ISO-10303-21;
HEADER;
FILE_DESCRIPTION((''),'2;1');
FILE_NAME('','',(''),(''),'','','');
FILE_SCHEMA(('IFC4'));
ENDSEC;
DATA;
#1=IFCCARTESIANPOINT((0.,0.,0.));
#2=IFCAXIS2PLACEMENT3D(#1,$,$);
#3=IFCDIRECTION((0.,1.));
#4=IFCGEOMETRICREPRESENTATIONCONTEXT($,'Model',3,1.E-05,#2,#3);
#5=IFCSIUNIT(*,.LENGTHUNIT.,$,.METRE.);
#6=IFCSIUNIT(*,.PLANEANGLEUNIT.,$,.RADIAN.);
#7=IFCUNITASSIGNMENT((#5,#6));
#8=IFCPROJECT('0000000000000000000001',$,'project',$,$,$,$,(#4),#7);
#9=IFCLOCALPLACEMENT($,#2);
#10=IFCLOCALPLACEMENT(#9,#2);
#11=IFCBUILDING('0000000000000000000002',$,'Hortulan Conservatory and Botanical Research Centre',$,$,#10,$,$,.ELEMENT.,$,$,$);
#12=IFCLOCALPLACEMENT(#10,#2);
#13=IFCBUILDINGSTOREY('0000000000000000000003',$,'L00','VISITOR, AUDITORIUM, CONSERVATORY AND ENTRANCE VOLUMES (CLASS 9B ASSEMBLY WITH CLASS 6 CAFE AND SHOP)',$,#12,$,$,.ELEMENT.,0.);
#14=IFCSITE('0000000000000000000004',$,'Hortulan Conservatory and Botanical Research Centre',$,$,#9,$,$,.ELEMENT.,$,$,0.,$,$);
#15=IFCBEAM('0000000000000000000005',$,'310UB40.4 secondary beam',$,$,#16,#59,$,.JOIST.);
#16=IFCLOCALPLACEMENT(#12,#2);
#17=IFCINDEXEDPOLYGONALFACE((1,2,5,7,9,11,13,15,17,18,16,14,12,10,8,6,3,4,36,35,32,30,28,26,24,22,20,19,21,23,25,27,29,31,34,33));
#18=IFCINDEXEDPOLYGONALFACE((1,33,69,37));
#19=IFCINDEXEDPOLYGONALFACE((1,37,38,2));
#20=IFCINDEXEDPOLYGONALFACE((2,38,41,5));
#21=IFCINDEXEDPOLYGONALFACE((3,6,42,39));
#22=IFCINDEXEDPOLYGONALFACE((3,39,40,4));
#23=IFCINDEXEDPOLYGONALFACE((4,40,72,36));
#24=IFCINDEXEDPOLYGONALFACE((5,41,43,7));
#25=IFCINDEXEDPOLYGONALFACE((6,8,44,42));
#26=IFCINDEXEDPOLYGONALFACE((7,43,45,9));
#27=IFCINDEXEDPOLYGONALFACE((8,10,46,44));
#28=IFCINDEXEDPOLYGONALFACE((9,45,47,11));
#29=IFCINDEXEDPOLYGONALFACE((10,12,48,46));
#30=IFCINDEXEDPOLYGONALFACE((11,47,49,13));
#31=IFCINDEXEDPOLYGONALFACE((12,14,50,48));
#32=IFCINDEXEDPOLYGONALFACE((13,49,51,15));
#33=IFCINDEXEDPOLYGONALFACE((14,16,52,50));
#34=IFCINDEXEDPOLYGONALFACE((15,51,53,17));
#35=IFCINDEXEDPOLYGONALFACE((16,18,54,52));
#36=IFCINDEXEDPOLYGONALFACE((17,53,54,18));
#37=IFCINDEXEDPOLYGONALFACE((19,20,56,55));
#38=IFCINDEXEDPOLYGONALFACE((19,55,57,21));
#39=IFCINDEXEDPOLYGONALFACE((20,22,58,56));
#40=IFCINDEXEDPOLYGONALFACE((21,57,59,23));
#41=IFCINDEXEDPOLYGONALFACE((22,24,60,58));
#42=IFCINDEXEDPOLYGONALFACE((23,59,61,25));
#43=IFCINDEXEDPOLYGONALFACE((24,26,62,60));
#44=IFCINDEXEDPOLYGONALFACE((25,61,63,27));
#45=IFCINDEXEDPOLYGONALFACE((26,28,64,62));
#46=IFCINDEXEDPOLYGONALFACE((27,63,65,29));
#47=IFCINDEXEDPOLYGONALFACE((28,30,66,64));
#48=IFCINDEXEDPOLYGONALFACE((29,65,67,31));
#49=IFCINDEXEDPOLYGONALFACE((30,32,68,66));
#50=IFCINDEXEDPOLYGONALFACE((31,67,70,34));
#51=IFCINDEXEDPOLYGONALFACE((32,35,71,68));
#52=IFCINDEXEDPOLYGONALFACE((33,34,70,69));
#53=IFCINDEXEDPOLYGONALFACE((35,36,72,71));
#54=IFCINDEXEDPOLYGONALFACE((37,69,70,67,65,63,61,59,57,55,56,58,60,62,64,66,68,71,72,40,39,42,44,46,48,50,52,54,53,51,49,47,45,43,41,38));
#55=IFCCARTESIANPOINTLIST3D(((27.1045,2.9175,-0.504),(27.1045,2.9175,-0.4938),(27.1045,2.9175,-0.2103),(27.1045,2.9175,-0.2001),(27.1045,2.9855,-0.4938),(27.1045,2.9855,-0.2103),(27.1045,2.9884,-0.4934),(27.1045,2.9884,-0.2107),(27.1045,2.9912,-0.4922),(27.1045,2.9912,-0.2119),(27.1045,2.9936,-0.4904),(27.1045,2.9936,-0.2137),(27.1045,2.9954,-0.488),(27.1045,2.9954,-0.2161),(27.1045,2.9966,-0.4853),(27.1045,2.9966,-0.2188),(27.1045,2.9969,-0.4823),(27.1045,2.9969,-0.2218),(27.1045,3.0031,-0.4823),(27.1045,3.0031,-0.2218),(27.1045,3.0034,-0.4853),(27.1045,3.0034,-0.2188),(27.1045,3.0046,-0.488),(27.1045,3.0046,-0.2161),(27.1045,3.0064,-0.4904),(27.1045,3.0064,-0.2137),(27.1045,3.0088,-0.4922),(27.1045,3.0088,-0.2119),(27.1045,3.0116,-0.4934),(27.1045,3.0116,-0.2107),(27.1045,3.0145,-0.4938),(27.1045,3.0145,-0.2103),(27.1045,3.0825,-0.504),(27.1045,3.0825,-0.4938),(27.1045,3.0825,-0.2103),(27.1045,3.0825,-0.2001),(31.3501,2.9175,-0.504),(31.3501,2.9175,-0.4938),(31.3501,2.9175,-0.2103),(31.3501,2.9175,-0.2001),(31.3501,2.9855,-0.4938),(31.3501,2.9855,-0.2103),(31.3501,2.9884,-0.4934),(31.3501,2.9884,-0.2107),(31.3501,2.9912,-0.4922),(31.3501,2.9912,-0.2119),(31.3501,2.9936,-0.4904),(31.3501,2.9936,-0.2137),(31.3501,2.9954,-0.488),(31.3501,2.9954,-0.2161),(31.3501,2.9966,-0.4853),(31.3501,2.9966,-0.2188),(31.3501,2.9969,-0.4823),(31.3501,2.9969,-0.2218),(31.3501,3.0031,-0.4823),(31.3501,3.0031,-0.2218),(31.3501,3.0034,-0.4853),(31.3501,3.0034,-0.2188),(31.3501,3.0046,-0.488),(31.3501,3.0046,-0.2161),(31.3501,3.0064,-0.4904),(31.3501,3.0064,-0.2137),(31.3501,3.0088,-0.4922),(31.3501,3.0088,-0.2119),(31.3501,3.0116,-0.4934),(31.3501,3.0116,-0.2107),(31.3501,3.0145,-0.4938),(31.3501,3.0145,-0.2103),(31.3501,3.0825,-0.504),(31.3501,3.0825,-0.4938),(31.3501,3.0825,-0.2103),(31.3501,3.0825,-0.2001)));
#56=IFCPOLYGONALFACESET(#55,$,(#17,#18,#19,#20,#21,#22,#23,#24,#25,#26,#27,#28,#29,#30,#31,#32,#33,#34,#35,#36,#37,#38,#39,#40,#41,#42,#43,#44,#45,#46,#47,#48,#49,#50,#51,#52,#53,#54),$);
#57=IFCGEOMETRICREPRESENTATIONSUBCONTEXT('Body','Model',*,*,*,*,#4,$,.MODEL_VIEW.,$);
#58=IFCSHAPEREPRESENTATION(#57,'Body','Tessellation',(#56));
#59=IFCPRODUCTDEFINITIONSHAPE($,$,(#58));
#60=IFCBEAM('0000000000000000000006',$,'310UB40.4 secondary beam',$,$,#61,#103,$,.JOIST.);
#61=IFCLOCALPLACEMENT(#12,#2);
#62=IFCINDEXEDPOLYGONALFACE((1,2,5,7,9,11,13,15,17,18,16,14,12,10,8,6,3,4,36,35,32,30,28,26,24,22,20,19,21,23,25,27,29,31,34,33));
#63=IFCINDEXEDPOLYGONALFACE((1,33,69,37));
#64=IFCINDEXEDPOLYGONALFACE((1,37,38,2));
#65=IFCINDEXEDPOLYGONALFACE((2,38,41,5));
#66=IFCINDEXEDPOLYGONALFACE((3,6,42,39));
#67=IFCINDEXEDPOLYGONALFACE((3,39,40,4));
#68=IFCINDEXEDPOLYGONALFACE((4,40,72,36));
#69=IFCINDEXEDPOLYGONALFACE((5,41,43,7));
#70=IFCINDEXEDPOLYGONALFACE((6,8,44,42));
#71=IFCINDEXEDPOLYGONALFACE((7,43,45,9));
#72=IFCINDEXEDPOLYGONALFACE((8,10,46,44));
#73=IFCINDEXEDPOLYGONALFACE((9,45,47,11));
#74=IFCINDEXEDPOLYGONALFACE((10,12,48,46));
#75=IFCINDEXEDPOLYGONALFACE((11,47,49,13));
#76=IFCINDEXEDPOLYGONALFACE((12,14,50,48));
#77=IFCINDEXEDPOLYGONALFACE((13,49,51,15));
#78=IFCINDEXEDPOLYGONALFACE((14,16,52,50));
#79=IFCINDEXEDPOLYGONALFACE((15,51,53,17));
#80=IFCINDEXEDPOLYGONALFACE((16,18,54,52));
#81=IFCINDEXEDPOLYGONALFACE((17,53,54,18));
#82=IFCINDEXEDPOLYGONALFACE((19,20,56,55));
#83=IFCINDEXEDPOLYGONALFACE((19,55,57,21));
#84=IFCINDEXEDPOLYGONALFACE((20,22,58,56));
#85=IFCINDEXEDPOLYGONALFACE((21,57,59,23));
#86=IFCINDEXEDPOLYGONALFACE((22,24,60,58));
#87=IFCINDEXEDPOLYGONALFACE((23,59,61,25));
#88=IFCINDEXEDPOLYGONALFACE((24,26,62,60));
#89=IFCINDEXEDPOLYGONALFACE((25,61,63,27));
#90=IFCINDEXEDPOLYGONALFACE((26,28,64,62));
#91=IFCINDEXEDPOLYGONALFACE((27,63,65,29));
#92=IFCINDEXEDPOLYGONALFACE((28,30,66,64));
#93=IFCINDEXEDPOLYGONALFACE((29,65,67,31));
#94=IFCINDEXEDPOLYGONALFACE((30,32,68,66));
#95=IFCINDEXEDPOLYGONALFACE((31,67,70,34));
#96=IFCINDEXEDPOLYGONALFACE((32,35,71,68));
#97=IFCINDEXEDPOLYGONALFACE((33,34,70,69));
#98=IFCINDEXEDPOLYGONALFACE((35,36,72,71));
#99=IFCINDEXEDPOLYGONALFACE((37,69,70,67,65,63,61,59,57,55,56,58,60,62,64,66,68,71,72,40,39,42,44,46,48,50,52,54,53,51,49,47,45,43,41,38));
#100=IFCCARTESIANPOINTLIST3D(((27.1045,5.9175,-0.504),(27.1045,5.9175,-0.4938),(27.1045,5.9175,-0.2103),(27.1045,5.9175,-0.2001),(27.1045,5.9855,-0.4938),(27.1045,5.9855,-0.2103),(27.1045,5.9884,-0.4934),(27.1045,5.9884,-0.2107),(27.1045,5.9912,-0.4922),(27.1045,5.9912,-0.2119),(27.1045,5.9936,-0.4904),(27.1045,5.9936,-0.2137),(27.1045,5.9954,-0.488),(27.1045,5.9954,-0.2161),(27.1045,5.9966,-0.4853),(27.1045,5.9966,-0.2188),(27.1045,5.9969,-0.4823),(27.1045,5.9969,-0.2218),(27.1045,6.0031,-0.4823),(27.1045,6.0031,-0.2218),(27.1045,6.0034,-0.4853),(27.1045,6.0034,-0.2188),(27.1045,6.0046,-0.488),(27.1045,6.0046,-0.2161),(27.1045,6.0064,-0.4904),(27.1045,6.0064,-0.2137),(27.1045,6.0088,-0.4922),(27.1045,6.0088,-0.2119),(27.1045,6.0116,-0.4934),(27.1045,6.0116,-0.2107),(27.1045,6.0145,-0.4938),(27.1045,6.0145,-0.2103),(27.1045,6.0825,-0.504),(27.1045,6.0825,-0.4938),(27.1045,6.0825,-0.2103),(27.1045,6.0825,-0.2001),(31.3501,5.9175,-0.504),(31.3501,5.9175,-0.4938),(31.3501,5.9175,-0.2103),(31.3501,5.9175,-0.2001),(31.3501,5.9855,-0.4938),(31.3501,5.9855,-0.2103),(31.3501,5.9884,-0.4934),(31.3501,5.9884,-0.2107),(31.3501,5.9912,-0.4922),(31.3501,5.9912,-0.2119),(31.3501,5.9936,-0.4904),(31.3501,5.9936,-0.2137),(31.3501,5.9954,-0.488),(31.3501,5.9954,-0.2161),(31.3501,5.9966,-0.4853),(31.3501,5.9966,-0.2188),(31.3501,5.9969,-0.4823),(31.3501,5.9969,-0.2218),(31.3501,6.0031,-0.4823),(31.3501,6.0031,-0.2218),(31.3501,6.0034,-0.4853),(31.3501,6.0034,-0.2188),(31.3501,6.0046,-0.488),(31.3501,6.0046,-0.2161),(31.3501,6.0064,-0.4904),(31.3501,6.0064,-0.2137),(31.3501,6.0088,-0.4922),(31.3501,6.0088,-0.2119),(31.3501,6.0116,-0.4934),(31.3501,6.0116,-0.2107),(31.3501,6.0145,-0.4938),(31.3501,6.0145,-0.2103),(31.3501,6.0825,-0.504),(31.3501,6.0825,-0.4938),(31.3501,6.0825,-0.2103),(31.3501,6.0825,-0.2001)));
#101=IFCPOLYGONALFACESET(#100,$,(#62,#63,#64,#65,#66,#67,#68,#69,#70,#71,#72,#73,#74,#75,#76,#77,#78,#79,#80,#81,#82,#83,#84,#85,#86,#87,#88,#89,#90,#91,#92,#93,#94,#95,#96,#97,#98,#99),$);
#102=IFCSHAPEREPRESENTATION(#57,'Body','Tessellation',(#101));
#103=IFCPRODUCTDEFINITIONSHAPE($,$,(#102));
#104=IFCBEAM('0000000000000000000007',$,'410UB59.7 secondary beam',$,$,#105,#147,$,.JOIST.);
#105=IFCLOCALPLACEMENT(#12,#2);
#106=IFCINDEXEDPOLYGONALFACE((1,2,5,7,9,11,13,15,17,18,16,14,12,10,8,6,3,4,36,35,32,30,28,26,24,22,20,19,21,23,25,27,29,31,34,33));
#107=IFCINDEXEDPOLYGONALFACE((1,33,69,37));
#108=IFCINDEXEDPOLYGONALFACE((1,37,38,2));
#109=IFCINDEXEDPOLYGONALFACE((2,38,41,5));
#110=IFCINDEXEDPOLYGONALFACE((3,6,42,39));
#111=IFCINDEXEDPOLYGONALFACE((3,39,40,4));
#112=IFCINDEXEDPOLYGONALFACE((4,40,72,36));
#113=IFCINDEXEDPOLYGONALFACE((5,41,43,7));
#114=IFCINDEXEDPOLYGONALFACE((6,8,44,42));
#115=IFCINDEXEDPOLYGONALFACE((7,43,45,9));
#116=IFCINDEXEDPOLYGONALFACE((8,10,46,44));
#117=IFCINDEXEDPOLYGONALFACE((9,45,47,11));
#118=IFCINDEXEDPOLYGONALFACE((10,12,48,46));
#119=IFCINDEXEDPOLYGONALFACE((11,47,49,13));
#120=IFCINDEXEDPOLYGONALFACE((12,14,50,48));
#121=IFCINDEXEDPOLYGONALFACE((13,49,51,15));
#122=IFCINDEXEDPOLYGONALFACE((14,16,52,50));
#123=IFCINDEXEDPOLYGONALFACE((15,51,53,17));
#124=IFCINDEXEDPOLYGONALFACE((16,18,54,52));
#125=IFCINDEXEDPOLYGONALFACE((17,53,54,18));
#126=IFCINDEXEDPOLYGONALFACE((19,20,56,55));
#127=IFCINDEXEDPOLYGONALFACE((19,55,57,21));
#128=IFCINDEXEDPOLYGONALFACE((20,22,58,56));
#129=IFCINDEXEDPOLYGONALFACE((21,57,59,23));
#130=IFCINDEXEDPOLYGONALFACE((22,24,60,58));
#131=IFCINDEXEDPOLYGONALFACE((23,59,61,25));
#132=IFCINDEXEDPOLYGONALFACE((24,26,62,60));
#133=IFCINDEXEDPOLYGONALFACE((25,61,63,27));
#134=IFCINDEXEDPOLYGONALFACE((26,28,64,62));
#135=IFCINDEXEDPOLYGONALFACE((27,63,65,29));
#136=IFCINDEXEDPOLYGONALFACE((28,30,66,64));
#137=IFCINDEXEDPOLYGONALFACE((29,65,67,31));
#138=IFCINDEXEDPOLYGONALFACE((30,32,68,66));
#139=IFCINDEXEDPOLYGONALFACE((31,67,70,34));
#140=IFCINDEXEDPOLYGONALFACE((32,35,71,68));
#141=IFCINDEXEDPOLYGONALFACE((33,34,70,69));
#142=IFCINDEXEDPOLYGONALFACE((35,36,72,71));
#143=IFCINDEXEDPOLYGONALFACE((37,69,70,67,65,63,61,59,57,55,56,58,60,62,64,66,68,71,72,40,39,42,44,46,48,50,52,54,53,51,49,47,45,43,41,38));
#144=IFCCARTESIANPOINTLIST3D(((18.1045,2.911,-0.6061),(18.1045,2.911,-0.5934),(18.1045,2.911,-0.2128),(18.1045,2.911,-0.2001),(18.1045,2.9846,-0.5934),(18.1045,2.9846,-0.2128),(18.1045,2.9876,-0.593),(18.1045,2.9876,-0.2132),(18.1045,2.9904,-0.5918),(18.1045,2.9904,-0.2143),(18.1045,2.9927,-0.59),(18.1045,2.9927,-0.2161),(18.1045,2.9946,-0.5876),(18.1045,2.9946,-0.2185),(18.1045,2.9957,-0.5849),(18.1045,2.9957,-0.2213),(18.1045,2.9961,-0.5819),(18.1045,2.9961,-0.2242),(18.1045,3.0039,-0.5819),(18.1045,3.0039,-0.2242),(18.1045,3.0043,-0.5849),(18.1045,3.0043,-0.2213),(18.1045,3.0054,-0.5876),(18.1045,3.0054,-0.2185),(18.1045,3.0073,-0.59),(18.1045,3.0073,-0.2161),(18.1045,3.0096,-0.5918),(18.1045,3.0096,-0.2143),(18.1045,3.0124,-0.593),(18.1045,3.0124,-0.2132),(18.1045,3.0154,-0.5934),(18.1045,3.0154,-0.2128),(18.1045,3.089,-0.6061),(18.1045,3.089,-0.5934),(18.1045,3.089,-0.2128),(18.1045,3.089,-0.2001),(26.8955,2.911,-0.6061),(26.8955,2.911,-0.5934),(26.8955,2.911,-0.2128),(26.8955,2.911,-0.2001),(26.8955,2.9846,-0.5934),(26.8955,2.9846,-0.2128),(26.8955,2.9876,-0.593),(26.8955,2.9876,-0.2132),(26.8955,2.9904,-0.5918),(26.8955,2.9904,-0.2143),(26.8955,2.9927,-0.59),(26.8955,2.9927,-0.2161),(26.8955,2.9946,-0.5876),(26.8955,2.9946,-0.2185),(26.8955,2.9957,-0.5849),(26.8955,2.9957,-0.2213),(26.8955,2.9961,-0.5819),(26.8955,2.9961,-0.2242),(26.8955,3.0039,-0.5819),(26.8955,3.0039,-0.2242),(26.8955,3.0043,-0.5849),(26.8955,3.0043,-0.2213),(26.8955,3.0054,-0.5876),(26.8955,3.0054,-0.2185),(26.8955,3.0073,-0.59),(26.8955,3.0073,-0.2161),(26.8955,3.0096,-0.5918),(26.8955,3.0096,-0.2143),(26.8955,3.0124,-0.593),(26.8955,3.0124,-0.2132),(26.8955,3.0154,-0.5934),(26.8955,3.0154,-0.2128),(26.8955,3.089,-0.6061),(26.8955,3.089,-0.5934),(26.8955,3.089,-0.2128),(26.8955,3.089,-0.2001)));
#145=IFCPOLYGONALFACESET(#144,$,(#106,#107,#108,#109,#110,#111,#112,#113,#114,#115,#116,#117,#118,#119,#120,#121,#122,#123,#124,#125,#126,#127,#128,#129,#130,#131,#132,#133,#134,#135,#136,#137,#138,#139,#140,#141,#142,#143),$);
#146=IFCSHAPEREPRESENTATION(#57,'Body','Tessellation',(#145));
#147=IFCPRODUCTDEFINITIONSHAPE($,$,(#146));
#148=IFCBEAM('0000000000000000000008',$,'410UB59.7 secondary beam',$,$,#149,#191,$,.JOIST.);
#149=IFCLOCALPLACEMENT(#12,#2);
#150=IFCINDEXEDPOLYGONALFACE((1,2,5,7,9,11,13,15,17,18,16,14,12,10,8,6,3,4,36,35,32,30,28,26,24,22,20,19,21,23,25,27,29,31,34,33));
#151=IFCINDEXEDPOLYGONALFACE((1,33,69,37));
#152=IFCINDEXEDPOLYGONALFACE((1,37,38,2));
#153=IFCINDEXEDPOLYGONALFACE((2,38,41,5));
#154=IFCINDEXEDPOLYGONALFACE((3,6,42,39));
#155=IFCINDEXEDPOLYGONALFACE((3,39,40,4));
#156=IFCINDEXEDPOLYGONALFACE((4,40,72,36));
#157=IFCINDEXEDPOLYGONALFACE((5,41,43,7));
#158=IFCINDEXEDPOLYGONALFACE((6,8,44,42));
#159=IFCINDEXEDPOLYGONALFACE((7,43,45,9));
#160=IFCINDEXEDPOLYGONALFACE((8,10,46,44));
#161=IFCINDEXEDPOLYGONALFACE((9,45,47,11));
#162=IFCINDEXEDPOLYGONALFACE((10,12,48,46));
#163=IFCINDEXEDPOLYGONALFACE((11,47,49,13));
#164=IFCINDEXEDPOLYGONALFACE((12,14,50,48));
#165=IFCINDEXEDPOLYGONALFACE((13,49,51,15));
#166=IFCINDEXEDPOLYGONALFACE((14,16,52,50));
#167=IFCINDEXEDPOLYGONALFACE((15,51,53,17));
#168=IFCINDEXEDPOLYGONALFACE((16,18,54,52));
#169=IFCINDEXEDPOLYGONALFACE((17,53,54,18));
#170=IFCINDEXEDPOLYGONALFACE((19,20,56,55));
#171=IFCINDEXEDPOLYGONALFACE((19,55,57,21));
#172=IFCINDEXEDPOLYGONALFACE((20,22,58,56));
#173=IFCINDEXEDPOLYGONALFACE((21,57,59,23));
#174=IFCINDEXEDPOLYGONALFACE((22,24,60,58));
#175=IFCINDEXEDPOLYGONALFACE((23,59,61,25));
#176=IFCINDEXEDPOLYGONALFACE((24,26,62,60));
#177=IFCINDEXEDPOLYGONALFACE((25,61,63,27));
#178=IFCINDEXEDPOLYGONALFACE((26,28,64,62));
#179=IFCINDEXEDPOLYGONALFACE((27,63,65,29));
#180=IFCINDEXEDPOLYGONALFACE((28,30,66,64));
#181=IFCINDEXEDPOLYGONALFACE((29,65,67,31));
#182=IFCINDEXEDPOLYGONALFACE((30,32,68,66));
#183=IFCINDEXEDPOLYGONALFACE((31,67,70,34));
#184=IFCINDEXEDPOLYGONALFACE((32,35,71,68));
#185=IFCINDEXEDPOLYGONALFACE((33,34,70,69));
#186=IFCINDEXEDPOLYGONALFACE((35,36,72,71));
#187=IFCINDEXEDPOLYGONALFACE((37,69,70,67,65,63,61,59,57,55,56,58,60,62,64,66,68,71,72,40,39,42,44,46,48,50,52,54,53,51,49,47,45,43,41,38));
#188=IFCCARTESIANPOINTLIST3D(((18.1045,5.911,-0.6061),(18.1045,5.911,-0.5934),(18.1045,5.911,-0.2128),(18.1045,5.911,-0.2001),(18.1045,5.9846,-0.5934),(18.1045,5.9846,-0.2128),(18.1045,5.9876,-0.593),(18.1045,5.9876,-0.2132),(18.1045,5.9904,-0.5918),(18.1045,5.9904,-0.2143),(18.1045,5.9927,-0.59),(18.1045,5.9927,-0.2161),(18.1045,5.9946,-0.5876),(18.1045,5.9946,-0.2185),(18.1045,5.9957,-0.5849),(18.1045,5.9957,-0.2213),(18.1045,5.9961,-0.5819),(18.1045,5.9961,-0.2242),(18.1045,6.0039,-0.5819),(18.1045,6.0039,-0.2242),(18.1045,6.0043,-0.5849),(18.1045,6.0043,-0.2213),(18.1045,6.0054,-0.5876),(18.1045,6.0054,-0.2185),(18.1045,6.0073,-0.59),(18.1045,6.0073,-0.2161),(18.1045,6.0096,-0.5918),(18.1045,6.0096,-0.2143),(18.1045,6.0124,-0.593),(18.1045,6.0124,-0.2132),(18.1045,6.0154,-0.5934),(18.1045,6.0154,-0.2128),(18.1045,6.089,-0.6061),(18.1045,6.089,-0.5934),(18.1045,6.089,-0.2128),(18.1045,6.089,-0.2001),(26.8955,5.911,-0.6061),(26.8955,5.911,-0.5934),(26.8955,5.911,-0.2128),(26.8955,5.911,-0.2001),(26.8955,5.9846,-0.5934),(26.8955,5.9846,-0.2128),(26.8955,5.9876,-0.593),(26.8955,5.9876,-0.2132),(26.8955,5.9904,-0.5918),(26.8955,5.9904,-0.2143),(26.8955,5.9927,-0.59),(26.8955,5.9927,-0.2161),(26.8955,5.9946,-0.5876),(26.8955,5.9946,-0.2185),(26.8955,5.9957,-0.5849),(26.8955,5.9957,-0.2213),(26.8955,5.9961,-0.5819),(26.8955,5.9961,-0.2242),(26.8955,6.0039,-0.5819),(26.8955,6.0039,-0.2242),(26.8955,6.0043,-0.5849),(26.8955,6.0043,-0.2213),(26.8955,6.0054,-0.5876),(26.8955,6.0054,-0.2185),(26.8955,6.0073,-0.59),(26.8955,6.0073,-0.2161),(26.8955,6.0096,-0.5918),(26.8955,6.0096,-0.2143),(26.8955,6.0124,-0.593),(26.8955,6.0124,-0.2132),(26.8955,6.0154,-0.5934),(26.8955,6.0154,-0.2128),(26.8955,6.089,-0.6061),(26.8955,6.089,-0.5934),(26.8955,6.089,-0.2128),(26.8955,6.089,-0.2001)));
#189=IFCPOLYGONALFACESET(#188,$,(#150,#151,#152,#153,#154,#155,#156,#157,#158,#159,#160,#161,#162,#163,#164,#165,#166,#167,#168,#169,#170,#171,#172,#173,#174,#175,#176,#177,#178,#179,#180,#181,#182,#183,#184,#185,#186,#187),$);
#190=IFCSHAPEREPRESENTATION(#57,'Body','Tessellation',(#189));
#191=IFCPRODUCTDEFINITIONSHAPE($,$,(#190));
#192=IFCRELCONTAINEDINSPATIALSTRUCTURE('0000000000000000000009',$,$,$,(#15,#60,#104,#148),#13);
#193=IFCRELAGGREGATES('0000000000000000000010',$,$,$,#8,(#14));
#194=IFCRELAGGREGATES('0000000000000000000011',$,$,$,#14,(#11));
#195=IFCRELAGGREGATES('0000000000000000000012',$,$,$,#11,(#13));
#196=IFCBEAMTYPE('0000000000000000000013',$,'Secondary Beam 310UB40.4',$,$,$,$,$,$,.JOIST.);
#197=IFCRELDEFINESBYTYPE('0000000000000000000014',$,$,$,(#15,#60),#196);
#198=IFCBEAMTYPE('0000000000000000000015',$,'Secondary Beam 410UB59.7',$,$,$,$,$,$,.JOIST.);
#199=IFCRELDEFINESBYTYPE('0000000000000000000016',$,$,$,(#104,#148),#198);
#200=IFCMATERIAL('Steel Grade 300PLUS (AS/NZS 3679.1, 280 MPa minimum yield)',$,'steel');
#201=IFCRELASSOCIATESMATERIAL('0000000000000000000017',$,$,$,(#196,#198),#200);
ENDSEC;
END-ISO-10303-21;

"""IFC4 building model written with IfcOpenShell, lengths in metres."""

from ifc_helpers import new_model, si_unit, direction, frame, origin, origin_2d, place, context, subcontext, project, spatial, i_section, extrude, material, material_profile, profile_set, type_object, element, save


model = new_model("IFC4")

# Units and contexts
model_context = context("Model", 3, precision=1e-05, world=origin(), true_north=direction((0.0, 1.0)))
body_context = subcontext(model_context, "Body", "Model", "MODEL_VIEW")
ifc_project = project(units=[si_unit("LENGTHUNIT", "METRE"), si_unit("PLANEANGLEUNIT", "RADIAN")], contexts=[model_context])

# Site, building, storey
site_placement = place(None, origin())
site = spatial("IfcSite", under=ifc_project, at=site_placement, Name="Hortulan Conservatory and Botanical Research Centre", CompositionType="ELEMENT", RefElevation=0.0)
building_placement = place(site_placement, origin())
building = spatial("IfcBuilding", under=site, at=building_placement, Name="Hortulan Conservatory and Botanical Research Centre", CompositionType="ELEMENT")
storey_placement = place(building_placement, origin())
storey = spatial("IfcBuildingStorey", under=building, at=storey_placement, Name="L00", Description="VISITOR, AUDITORIUM, CONSERVATORY AND ENTRANCE VOLUMES (CLASS 9B ASSEMBLY WITH CLASS 6 CAFE AND SHOP)", CompositionType="ELEMENT", Elevation=0.0)

# Beams
ifc_material_1 = material(Name="Steel Grade 300PLUS (AS/NZS 3679.1, 280 MPa minimum yield)", Category="steel")
ifc_material_profile_1 = material_profile(ifc_material_1, i_section(OverallWidth=0.165, OverallDepth=0.304, WebThickness=0.0061, FlangeThickness=0.0103, FilletRadius=0.0115, at=origin_2d()), Name="310UB40.4")
ifc_profile_set_1 = profile_set([ifc_material_profile_1], Name="Steel Grade 300PLUS (AS/NZS 3679.1, 280 MPa minimum yield)")
beam_type_1 = type_object("IfcBeamType", Name="Secondary Beam 310UB40.4", PredefinedType="JOIST", material=ifc_profile_set_1)
for number, where, z_axis, x_axis, name in (
    (1, (27.1045, 3.0, -0.3521), (1.0, 0.0, 0.0), (0.0, 1.0, 0.0), "310UB40.4 secondary beam"),
    (2, (27.1045, 6.0, -0.3521), (1.0, 0.0, 0.0), (0.0, 1.0, 0.0), "310UB40.4 secondary beam"),
):
    element("IfcBeam", number, at=place(storey_placement, frame(where, z_axis=z_axis, x_axis=x_axis)), inside=storey, type_object=beam_type_1, Name=name, PredefinedType="JOIST", context=body_context, shape_type="SweptSolid", body=[
        extrude(i_section(OverallWidth=0.165, OverallDepth=0.304, WebThickness=0.0061, FlangeThickness=0.0103, FilletRadius=0.0115, at=origin_2d()), origin(), (0.0, 0.0, 1.0), 4.2456),
    ])
ifc_material_profile_2 = material_profile(ifc_material_1, i_section(OverallWidth=0.178, OverallDepth=0.406, WebThickness=0.0078, FlangeThickness=0.0127, FilletRadius=0.0115, at=origin_2d()), Name="410UB59.7")
ifc_profile_set_2 = profile_set([ifc_material_profile_2], Name="Steel Grade 300PLUS (AS/NZS 3679.1, 280 MPa minimum yield)")
beam_type_2 = type_object("IfcBeamType", Name="Secondary Beam 410UB59.7", PredefinedType="JOIST", material=ifc_profile_set_2)
for number, where, z_axis, x_axis, name in (
    (3, (18.1045, 3.0, -0.4031), (1.0, 0.0, 0.0), (0.0, 1.0, 0.0), "410UB59.7 secondary beam"),
    (4, (18.1045, 6.0, -0.4031), (1.0, 0.0, 0.0), (0.0, 1.0, 0.0), "410UB59.7 secondary beam"),
):
    element("IfcBeam", number, at=place(storey_placement, frame(where, z_axis=z_axis, x_axis=x_axis)), inside=storey, type_object=beam_type_2, Name=name, PredefinedType="JOIST", context=body_context, shape_type="SweptSolid", body=[
        extrude(i_section(OverallWidth=0.178, OverallDepth=0.406, WebThickness=0.0078, FlangeThickness=0.0127, FilletRadius=0.0115, at=origin_2d()), origin(), (0.0, 0.0, 1.0), 8.791),
    ])

save(model, "model.ifc")
